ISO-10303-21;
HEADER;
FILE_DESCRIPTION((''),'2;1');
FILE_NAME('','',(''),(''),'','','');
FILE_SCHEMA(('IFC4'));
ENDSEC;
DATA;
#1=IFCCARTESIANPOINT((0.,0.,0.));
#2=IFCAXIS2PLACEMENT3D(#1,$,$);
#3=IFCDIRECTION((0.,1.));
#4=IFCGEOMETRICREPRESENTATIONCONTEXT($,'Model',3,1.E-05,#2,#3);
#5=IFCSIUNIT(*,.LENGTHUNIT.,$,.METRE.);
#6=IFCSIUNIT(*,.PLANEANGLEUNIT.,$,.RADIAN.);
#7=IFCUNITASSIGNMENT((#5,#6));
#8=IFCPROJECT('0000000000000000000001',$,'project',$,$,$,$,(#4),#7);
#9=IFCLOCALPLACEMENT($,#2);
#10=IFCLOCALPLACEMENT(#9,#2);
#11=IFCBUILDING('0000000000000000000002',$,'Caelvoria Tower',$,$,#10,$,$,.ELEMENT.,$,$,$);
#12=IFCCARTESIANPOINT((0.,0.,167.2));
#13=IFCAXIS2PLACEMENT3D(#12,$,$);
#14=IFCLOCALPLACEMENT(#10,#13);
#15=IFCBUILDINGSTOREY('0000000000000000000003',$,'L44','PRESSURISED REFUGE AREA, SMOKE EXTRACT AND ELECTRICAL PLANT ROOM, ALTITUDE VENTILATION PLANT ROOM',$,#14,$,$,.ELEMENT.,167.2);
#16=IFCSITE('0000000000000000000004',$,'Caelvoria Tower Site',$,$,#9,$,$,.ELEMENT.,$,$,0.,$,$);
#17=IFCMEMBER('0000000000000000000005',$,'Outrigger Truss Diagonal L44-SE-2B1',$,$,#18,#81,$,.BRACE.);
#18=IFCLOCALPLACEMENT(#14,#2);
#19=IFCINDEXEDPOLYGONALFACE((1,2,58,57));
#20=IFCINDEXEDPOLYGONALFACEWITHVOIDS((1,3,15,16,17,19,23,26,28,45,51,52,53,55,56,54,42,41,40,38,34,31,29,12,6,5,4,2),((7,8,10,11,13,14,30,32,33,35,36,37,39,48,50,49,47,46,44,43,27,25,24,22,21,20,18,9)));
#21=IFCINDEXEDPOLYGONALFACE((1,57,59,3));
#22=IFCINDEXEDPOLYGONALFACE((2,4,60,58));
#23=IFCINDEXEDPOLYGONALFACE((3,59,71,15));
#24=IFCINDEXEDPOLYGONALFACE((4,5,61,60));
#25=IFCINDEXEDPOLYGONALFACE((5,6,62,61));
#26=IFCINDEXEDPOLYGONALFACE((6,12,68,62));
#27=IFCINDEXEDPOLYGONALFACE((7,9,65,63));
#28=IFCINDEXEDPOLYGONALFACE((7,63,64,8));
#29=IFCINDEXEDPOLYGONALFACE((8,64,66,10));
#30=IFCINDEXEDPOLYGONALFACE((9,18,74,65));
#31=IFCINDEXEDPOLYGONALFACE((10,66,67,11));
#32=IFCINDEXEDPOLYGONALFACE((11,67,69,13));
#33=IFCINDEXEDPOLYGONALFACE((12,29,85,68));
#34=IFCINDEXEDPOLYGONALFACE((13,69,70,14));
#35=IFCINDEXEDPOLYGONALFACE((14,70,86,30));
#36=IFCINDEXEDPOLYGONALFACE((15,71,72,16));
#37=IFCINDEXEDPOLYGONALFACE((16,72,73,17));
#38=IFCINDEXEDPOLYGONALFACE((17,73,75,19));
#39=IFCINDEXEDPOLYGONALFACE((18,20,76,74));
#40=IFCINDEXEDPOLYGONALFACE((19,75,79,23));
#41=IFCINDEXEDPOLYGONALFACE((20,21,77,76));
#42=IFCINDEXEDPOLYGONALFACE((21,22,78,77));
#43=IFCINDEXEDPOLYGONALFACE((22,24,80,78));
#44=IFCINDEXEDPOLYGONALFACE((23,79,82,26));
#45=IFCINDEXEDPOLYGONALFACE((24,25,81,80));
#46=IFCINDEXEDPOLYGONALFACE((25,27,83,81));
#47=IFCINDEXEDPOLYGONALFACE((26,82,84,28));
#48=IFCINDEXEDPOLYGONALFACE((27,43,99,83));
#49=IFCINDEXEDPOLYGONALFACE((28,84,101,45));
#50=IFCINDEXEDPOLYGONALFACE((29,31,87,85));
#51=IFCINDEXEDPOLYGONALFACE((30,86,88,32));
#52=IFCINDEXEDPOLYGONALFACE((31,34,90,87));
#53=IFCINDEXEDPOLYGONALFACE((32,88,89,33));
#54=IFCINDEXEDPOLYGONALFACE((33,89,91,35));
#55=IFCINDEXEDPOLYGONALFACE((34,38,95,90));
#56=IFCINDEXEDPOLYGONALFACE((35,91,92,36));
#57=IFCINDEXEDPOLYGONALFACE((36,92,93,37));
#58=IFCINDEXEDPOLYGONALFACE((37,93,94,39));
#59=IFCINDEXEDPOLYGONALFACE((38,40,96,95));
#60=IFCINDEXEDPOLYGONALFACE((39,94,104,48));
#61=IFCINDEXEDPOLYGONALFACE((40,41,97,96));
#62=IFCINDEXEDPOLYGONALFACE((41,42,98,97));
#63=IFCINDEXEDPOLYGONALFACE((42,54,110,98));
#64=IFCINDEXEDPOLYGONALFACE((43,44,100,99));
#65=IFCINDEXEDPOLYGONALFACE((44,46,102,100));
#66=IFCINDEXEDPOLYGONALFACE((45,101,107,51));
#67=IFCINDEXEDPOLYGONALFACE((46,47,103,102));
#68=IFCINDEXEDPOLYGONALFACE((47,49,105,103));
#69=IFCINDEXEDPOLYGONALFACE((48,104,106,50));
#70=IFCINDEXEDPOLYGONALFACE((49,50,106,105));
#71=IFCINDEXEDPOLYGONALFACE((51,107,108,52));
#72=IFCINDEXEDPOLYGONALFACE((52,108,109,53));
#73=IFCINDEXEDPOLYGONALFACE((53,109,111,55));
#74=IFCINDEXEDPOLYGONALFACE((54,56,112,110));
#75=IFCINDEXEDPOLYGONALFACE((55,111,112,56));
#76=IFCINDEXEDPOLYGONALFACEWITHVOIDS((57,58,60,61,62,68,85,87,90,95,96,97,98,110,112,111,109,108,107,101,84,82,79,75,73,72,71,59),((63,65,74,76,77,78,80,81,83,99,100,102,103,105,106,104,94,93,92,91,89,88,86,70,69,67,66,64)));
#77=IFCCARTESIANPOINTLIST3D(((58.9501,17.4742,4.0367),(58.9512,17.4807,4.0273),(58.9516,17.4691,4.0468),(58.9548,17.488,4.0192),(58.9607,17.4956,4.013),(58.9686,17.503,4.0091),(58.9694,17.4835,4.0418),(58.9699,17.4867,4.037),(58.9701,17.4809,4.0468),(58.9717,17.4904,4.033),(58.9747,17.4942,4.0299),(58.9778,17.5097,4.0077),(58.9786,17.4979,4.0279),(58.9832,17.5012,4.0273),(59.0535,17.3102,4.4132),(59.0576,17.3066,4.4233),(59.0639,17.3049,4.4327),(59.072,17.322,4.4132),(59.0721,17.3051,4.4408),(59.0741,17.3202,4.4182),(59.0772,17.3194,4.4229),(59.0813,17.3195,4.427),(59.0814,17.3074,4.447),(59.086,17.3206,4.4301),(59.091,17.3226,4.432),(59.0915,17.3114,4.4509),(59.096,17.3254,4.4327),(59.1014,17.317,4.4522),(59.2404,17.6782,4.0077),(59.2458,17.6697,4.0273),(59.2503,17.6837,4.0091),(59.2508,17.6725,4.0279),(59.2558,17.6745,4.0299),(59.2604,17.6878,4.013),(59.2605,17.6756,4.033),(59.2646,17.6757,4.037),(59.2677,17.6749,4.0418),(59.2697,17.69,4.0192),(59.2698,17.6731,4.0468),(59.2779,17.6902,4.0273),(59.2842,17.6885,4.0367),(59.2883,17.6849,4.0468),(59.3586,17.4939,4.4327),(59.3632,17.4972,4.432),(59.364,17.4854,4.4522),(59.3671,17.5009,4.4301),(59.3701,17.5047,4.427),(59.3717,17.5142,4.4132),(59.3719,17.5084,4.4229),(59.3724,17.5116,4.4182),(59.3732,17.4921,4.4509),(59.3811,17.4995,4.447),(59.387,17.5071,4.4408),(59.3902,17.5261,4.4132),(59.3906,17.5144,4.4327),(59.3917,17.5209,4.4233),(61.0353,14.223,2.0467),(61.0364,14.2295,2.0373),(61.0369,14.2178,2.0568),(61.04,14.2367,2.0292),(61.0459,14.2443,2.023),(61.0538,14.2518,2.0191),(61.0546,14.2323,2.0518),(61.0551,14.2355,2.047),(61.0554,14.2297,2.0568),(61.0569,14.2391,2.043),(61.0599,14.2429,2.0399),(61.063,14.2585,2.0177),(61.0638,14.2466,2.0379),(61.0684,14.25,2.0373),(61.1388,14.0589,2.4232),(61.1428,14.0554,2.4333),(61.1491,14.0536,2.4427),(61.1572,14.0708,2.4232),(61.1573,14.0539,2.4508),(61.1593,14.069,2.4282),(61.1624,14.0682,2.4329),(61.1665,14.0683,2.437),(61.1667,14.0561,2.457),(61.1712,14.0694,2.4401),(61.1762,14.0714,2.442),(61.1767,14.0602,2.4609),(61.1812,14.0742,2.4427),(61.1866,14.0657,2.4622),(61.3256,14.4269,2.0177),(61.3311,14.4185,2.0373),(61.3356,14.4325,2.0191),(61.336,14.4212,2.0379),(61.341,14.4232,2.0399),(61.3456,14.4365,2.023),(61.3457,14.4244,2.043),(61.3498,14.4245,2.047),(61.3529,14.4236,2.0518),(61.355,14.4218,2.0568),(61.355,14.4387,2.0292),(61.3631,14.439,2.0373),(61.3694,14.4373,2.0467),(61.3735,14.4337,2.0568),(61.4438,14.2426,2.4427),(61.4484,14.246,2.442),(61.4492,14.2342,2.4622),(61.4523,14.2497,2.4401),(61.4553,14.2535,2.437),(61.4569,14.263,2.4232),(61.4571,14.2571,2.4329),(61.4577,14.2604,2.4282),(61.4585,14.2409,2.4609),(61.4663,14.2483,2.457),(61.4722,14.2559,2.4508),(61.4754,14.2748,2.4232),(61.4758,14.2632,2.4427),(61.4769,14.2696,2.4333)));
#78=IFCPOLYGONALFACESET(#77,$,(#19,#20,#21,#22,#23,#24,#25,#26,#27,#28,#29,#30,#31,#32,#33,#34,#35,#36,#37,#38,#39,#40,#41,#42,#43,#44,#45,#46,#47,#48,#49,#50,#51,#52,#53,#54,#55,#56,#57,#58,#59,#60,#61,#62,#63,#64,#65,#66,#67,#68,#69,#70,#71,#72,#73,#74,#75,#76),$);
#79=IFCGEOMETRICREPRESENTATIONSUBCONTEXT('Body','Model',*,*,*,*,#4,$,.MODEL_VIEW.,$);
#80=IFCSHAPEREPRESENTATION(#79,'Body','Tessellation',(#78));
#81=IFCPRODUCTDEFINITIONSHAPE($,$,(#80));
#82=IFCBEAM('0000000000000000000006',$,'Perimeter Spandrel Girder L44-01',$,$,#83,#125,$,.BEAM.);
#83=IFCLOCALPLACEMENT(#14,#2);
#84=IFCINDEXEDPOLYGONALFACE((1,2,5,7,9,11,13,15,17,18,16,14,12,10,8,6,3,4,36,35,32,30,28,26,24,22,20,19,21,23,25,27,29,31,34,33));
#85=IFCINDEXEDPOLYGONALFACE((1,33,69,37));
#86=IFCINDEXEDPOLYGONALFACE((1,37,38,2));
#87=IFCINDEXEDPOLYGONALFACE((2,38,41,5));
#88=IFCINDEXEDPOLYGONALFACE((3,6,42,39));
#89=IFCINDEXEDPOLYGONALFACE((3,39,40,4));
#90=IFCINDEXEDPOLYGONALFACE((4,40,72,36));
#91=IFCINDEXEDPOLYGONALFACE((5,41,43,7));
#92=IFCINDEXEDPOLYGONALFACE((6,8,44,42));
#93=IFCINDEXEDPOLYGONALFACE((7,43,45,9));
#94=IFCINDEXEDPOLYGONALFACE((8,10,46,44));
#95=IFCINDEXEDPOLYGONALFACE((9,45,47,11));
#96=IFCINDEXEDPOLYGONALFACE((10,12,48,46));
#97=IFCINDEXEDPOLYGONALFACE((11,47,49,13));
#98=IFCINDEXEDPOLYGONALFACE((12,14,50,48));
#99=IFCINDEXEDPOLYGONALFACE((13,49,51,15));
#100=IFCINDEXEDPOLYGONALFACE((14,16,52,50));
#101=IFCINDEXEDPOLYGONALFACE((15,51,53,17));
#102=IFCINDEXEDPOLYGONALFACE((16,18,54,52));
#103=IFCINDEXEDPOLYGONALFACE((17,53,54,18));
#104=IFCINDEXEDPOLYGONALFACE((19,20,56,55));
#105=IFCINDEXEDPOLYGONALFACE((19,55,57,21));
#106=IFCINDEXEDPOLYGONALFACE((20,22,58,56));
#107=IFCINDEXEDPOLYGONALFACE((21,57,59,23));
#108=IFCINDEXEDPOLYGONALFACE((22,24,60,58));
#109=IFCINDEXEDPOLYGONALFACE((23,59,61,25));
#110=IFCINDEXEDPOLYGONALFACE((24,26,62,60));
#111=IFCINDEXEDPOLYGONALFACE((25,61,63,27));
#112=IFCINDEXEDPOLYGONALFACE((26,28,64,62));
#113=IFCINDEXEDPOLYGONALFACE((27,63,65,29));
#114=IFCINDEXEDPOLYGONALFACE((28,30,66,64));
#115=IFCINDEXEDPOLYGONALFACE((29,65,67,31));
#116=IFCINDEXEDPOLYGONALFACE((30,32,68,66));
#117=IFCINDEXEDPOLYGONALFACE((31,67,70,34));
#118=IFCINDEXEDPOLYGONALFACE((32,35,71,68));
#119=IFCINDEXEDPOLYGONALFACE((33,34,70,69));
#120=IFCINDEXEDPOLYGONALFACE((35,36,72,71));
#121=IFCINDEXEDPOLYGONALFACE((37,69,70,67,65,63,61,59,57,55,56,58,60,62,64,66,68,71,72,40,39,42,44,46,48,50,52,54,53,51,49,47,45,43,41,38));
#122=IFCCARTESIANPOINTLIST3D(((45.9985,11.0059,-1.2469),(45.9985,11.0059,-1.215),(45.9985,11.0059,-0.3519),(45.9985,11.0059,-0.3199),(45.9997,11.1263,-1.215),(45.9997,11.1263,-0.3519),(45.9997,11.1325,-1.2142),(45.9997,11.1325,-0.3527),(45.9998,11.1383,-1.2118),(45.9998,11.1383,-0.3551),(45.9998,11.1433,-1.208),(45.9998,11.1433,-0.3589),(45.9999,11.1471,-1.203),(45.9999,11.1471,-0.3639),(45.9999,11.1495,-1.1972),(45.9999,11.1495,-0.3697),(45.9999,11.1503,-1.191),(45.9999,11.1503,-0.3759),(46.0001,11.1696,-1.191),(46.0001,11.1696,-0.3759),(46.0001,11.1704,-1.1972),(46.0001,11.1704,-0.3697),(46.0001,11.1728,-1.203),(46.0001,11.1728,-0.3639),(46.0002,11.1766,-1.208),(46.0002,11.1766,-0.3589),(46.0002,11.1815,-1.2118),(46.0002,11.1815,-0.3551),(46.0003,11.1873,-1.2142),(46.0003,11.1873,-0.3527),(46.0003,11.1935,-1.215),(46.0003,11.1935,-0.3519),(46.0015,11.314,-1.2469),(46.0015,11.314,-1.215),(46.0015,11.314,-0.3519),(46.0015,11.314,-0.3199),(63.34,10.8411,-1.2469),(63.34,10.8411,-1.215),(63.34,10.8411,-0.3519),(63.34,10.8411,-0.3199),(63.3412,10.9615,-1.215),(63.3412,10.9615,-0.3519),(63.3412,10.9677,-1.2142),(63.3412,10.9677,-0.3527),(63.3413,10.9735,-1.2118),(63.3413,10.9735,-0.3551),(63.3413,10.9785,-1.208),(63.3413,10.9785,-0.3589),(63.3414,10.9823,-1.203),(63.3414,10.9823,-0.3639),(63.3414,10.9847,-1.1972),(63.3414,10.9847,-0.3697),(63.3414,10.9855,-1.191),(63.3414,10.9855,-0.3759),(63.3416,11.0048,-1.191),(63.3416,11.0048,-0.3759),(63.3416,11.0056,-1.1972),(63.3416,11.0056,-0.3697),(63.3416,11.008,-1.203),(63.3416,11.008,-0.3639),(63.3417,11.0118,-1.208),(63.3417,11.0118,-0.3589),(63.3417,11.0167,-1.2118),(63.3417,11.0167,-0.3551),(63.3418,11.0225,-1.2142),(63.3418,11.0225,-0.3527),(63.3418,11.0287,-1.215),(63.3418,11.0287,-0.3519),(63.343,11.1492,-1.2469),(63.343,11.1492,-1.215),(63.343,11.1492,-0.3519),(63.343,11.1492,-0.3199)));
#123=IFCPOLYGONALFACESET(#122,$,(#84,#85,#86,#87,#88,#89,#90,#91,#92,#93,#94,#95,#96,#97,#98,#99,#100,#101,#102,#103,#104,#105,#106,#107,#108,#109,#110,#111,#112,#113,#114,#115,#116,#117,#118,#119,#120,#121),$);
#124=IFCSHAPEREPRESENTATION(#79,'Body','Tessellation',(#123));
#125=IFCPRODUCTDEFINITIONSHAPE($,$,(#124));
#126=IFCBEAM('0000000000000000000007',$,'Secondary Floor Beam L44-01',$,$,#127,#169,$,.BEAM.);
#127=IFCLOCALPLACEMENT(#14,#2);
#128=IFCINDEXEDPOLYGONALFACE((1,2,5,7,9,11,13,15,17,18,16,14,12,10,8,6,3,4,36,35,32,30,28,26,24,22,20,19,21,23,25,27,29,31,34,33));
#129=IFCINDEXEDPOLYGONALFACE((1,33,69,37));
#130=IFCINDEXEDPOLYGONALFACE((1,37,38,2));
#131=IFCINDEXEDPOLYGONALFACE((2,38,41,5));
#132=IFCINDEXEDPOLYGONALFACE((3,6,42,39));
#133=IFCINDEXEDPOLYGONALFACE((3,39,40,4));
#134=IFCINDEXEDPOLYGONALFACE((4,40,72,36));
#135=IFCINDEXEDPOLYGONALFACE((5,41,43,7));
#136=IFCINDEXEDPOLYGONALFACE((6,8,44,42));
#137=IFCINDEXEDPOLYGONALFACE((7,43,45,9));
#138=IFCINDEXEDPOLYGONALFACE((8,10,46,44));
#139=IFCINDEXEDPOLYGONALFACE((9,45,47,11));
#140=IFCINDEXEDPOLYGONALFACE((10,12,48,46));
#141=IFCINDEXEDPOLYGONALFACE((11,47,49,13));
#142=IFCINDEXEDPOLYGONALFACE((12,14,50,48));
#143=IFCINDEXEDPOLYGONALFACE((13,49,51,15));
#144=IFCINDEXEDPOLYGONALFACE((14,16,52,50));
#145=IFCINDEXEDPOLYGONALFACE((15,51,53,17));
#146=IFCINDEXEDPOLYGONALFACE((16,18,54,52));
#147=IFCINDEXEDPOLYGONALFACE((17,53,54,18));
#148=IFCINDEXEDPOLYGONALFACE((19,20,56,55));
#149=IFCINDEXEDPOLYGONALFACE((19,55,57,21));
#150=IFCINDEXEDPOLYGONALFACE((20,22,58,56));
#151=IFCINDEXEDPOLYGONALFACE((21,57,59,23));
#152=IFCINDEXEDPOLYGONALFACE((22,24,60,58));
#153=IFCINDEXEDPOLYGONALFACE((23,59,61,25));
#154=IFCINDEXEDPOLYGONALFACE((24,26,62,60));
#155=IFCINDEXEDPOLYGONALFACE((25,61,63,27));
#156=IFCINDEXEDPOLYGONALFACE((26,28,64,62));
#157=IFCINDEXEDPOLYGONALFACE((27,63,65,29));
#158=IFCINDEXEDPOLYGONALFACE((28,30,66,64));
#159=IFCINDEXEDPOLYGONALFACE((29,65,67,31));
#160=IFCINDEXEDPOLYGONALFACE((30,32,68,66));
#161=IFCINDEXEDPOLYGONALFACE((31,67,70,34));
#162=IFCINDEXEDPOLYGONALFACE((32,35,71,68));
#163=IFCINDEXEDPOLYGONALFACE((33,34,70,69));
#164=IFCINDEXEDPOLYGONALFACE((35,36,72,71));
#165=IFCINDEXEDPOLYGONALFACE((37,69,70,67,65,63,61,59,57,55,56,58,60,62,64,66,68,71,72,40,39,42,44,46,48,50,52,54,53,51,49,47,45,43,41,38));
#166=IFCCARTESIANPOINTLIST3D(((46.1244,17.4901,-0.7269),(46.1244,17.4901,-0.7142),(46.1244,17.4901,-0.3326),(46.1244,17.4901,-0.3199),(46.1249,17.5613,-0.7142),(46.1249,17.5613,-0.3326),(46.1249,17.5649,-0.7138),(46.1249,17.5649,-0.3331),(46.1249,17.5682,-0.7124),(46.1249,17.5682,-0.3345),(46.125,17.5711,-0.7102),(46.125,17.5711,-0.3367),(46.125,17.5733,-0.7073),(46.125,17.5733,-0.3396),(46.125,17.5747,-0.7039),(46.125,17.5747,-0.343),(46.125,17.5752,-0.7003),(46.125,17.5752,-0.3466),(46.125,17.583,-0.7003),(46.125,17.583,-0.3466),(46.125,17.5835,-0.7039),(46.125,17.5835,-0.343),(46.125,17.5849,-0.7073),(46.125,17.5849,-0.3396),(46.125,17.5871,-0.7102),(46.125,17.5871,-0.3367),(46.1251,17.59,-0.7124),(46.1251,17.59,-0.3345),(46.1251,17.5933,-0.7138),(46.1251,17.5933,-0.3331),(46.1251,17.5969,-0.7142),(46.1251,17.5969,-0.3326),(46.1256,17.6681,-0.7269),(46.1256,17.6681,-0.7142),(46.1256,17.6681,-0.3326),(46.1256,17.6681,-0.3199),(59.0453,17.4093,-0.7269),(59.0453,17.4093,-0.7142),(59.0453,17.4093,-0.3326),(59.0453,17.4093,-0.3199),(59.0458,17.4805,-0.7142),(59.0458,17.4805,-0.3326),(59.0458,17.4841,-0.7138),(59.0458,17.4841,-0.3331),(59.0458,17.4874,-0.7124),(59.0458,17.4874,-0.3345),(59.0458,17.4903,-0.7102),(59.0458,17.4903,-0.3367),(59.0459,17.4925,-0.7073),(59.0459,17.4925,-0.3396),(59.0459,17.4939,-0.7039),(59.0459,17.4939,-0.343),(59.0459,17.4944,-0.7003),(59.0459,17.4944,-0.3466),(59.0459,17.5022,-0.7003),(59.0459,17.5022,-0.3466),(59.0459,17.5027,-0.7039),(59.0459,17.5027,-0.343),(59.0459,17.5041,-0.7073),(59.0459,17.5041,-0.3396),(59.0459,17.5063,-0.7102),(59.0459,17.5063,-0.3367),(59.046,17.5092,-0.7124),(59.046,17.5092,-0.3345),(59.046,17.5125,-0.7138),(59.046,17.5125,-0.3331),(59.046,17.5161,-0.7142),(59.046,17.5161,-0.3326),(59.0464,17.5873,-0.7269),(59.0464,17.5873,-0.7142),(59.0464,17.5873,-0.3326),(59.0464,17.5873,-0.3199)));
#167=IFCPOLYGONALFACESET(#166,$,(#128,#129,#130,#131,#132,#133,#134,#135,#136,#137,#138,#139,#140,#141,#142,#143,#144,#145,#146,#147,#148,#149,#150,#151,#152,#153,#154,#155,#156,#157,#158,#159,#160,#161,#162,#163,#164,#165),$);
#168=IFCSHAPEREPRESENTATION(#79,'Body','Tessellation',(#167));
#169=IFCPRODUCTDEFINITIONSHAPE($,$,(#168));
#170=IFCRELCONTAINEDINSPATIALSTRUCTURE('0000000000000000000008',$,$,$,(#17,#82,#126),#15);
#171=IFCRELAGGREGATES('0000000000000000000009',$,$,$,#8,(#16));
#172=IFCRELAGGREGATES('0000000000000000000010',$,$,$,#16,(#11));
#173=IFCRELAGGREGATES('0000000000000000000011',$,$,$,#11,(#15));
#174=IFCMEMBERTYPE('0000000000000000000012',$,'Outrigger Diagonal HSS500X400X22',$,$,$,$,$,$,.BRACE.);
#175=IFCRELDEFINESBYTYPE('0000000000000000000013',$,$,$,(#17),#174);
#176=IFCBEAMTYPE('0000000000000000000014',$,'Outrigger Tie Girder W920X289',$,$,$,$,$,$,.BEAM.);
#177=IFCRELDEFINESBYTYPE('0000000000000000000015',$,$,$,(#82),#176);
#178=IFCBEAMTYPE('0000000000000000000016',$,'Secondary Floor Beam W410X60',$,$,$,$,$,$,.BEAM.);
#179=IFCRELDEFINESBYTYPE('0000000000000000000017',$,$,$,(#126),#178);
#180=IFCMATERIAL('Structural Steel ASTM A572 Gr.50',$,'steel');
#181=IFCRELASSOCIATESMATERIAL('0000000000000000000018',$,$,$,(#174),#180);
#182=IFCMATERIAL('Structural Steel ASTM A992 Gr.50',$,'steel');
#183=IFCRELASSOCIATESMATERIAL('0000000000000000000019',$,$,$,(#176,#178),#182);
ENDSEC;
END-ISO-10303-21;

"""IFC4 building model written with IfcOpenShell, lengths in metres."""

from ifc_helpers import new_model, si_unit, direction, frame, origin, origin_2d, place, context, subcontext, project, spatial, hollow_rectangle, i_section, extrude, material, material_profile, profile_set, type_object, element, save


model = new_model("IFC4")

# Units and contexts
model_context = context("Model", 3, precision=1e-05, world=origin(), true_north=direction((0.0, 1.0)))
body_context = subcontext(model_context, "Body", "Model", "MODEL_VIEW")
ifc_project = project(units=[si_unit("LENGTHUNIT", "METRE"), si_unit("PLANEANGLEUNIT", "RADIAN")], contexts=[model_context])

# Site, building, storey
site_placement = place(None, origin())
site = spatial("IfcSite", under=ifc_project, at=site_placement, Name="Caelvoria Tower Site", CompositionType="ELEMENT", RefElevation=0.0)
building_placement = place(site_placement, origin())
building = spatial("IfcBuilding", under=site, at=building_placement, Name="Caelvoria Tower", CompositionType="ELEMENT")
storey_placement = place(building_placement, frame((0.0, 0.0, 167.2)))
storey = spatial("IfcBuildingStorey", under=building, at=storey_placement, Name="L44", Description="PRESSURISED REFUGE AREA, SMOKE EXTRACT AND ELECTRICAL PLANT ROOM, ALTITUDE VENTILATION PLANT ROOM", CompositionType="ELEMENT", Elevation=167.2)

# Member
ifc_material_1 = material(Name="Structural Steel ASTM A572 Gr.50", Category="steel")
ifc_material_profile_1 = material_profile(ifc_material_1, hollow_rectangle(XDim=0.3999, YDim=0.5, WallThickness=0.022, InnerFilletRadius=0.022, OuterFilletRadius=0.0439, at=origin_2d()), Name="Structural Steel ASTM A572 Gr.50")
ifc_profile_set_1 = profile_set([ifc_material_profile_1], Name="HSS500X400X22 - Structural Steel ASTM A572 Gr.50")
member_type_1 = type_object("IfcMemberType", Name="Outrigger Diagonal HSS500X400X22", PredefinedType="BRACE", material=ifc_profile_set_1)
member_1_placement = place(storey_placement, frame((59.1709, 17.4976, 4.23), z_axis=(0.479915, -0.748276, -0.458001), x_axis=(0.841751, 0.539866, 0.0)))
element("IfcMember", 1, at=member_1_placement, inside=storey, type_object=member_type_1, Name="Outrigger Truss Diagonal L44-SE-2B1", PredefinedType="BRACE", context=body_context, shape_type="SweptSolid", body=[
    extrude(hollow_rectangle(XDim=0.3999, YDim=0.5, WallThickness=0.022, InnerFilletRadius=0.022, OuterFilletRadius=0.0439, at=origin_2d()), origin(), (0.0, 0.0, 1.0), 4.345),
])

# Beams
ifc_material_2 = material(Name="Structural Steel ASTM A992 Gr.50", Category="steel")
ifc_material_profile_2 = material_profile(ifc_material_2, i_section(OverallWidth=0.3081, OverallDepth=0.927, WebThickness=0.0193, FlangeThickness=0.032, FilletRadius=0.0239, at=origin_2d()), Name="Structural Steel ASTM A992 Gr.50")
ifc_profile_set_2 = profile_set([ifc_material_profile_2], Name="W920X289 - Structural Steel ASTM A992 Gr.50")
beam_type_1 = type_object("IfcBeamType", Name="Outrigger Tie Girder W920X289", PredefinedType="BEAM", material=ifc_profile_set_2)
beam_1_placement = place(storey_placement, frame((46.0, 11.1599, -0.7834), z_axis=(0.999955, -0.009502, 0.0), x_axis=(0.009502, 0.999955, 0.0)))
element("IfcBeam", 2, at=beam_1_placement, inside=storey, type_object=beam_type_1, Name="Perimeter Spandrel Girder L44-01", PredefinedType="BEAM", context=body_context, shape_type="SweptSolid", body=[
    extrude(i_section(OverallWidth=0.3081, OverallDepth=0.927, WebThickness=0.0193, FlangeThickness=0.032, FilletRadius=0.0239, at=origin_2d()), origin(), (0.0, 0.0, 1.0), 17.3423),
])
ifc_material_profile_3 = material_profile(ifc_material_2, i_section(OverallWidth=0.178, OverallDepth=0.407, WebThickness=0.0078, FlangeThickness=0.0127, FilletRadius=0.0139, at=origin_2d()), Name="Structural Steel ASTM A992 Gr.50")
ifc_profile_set_3 = profile_set([ifc_material_profile_3], Name="W410X60 - Structural Steel ASTM A992 Gr.50")
beam_type_2 = type_object("IfcBeamType", Name="Secondary Floor Beam W410X60", PredefinedType="BEAM", material=ifc_profile_set_3)
beam_2_placement = place(storey_placement, frame((46.125, 17.5791, -0.5234), z_axis=(0.99998, -0.006254, 0.0), x_axis=(0.006254, 0.99998, 0.0)))
element("IfcBeam", 3, at=beam_2_placement, inside=storey, type_object=beam_type_2, Name="Secondary Floor Beam L44-01", PredefinedType="BEAM", context=body_context, shape_type="SweptSolid", body=[
    extrude(i_section(OverallWidth=0.178, OverallDepth=0.407, WebThickness=0.0078, FlangeThickness=0.0127, FilletRadius=0.0139, at=origin_2d()), origin(), (0.0, 0.0, 1.0), 12.9211),
])

save(model, "model.ifc")
